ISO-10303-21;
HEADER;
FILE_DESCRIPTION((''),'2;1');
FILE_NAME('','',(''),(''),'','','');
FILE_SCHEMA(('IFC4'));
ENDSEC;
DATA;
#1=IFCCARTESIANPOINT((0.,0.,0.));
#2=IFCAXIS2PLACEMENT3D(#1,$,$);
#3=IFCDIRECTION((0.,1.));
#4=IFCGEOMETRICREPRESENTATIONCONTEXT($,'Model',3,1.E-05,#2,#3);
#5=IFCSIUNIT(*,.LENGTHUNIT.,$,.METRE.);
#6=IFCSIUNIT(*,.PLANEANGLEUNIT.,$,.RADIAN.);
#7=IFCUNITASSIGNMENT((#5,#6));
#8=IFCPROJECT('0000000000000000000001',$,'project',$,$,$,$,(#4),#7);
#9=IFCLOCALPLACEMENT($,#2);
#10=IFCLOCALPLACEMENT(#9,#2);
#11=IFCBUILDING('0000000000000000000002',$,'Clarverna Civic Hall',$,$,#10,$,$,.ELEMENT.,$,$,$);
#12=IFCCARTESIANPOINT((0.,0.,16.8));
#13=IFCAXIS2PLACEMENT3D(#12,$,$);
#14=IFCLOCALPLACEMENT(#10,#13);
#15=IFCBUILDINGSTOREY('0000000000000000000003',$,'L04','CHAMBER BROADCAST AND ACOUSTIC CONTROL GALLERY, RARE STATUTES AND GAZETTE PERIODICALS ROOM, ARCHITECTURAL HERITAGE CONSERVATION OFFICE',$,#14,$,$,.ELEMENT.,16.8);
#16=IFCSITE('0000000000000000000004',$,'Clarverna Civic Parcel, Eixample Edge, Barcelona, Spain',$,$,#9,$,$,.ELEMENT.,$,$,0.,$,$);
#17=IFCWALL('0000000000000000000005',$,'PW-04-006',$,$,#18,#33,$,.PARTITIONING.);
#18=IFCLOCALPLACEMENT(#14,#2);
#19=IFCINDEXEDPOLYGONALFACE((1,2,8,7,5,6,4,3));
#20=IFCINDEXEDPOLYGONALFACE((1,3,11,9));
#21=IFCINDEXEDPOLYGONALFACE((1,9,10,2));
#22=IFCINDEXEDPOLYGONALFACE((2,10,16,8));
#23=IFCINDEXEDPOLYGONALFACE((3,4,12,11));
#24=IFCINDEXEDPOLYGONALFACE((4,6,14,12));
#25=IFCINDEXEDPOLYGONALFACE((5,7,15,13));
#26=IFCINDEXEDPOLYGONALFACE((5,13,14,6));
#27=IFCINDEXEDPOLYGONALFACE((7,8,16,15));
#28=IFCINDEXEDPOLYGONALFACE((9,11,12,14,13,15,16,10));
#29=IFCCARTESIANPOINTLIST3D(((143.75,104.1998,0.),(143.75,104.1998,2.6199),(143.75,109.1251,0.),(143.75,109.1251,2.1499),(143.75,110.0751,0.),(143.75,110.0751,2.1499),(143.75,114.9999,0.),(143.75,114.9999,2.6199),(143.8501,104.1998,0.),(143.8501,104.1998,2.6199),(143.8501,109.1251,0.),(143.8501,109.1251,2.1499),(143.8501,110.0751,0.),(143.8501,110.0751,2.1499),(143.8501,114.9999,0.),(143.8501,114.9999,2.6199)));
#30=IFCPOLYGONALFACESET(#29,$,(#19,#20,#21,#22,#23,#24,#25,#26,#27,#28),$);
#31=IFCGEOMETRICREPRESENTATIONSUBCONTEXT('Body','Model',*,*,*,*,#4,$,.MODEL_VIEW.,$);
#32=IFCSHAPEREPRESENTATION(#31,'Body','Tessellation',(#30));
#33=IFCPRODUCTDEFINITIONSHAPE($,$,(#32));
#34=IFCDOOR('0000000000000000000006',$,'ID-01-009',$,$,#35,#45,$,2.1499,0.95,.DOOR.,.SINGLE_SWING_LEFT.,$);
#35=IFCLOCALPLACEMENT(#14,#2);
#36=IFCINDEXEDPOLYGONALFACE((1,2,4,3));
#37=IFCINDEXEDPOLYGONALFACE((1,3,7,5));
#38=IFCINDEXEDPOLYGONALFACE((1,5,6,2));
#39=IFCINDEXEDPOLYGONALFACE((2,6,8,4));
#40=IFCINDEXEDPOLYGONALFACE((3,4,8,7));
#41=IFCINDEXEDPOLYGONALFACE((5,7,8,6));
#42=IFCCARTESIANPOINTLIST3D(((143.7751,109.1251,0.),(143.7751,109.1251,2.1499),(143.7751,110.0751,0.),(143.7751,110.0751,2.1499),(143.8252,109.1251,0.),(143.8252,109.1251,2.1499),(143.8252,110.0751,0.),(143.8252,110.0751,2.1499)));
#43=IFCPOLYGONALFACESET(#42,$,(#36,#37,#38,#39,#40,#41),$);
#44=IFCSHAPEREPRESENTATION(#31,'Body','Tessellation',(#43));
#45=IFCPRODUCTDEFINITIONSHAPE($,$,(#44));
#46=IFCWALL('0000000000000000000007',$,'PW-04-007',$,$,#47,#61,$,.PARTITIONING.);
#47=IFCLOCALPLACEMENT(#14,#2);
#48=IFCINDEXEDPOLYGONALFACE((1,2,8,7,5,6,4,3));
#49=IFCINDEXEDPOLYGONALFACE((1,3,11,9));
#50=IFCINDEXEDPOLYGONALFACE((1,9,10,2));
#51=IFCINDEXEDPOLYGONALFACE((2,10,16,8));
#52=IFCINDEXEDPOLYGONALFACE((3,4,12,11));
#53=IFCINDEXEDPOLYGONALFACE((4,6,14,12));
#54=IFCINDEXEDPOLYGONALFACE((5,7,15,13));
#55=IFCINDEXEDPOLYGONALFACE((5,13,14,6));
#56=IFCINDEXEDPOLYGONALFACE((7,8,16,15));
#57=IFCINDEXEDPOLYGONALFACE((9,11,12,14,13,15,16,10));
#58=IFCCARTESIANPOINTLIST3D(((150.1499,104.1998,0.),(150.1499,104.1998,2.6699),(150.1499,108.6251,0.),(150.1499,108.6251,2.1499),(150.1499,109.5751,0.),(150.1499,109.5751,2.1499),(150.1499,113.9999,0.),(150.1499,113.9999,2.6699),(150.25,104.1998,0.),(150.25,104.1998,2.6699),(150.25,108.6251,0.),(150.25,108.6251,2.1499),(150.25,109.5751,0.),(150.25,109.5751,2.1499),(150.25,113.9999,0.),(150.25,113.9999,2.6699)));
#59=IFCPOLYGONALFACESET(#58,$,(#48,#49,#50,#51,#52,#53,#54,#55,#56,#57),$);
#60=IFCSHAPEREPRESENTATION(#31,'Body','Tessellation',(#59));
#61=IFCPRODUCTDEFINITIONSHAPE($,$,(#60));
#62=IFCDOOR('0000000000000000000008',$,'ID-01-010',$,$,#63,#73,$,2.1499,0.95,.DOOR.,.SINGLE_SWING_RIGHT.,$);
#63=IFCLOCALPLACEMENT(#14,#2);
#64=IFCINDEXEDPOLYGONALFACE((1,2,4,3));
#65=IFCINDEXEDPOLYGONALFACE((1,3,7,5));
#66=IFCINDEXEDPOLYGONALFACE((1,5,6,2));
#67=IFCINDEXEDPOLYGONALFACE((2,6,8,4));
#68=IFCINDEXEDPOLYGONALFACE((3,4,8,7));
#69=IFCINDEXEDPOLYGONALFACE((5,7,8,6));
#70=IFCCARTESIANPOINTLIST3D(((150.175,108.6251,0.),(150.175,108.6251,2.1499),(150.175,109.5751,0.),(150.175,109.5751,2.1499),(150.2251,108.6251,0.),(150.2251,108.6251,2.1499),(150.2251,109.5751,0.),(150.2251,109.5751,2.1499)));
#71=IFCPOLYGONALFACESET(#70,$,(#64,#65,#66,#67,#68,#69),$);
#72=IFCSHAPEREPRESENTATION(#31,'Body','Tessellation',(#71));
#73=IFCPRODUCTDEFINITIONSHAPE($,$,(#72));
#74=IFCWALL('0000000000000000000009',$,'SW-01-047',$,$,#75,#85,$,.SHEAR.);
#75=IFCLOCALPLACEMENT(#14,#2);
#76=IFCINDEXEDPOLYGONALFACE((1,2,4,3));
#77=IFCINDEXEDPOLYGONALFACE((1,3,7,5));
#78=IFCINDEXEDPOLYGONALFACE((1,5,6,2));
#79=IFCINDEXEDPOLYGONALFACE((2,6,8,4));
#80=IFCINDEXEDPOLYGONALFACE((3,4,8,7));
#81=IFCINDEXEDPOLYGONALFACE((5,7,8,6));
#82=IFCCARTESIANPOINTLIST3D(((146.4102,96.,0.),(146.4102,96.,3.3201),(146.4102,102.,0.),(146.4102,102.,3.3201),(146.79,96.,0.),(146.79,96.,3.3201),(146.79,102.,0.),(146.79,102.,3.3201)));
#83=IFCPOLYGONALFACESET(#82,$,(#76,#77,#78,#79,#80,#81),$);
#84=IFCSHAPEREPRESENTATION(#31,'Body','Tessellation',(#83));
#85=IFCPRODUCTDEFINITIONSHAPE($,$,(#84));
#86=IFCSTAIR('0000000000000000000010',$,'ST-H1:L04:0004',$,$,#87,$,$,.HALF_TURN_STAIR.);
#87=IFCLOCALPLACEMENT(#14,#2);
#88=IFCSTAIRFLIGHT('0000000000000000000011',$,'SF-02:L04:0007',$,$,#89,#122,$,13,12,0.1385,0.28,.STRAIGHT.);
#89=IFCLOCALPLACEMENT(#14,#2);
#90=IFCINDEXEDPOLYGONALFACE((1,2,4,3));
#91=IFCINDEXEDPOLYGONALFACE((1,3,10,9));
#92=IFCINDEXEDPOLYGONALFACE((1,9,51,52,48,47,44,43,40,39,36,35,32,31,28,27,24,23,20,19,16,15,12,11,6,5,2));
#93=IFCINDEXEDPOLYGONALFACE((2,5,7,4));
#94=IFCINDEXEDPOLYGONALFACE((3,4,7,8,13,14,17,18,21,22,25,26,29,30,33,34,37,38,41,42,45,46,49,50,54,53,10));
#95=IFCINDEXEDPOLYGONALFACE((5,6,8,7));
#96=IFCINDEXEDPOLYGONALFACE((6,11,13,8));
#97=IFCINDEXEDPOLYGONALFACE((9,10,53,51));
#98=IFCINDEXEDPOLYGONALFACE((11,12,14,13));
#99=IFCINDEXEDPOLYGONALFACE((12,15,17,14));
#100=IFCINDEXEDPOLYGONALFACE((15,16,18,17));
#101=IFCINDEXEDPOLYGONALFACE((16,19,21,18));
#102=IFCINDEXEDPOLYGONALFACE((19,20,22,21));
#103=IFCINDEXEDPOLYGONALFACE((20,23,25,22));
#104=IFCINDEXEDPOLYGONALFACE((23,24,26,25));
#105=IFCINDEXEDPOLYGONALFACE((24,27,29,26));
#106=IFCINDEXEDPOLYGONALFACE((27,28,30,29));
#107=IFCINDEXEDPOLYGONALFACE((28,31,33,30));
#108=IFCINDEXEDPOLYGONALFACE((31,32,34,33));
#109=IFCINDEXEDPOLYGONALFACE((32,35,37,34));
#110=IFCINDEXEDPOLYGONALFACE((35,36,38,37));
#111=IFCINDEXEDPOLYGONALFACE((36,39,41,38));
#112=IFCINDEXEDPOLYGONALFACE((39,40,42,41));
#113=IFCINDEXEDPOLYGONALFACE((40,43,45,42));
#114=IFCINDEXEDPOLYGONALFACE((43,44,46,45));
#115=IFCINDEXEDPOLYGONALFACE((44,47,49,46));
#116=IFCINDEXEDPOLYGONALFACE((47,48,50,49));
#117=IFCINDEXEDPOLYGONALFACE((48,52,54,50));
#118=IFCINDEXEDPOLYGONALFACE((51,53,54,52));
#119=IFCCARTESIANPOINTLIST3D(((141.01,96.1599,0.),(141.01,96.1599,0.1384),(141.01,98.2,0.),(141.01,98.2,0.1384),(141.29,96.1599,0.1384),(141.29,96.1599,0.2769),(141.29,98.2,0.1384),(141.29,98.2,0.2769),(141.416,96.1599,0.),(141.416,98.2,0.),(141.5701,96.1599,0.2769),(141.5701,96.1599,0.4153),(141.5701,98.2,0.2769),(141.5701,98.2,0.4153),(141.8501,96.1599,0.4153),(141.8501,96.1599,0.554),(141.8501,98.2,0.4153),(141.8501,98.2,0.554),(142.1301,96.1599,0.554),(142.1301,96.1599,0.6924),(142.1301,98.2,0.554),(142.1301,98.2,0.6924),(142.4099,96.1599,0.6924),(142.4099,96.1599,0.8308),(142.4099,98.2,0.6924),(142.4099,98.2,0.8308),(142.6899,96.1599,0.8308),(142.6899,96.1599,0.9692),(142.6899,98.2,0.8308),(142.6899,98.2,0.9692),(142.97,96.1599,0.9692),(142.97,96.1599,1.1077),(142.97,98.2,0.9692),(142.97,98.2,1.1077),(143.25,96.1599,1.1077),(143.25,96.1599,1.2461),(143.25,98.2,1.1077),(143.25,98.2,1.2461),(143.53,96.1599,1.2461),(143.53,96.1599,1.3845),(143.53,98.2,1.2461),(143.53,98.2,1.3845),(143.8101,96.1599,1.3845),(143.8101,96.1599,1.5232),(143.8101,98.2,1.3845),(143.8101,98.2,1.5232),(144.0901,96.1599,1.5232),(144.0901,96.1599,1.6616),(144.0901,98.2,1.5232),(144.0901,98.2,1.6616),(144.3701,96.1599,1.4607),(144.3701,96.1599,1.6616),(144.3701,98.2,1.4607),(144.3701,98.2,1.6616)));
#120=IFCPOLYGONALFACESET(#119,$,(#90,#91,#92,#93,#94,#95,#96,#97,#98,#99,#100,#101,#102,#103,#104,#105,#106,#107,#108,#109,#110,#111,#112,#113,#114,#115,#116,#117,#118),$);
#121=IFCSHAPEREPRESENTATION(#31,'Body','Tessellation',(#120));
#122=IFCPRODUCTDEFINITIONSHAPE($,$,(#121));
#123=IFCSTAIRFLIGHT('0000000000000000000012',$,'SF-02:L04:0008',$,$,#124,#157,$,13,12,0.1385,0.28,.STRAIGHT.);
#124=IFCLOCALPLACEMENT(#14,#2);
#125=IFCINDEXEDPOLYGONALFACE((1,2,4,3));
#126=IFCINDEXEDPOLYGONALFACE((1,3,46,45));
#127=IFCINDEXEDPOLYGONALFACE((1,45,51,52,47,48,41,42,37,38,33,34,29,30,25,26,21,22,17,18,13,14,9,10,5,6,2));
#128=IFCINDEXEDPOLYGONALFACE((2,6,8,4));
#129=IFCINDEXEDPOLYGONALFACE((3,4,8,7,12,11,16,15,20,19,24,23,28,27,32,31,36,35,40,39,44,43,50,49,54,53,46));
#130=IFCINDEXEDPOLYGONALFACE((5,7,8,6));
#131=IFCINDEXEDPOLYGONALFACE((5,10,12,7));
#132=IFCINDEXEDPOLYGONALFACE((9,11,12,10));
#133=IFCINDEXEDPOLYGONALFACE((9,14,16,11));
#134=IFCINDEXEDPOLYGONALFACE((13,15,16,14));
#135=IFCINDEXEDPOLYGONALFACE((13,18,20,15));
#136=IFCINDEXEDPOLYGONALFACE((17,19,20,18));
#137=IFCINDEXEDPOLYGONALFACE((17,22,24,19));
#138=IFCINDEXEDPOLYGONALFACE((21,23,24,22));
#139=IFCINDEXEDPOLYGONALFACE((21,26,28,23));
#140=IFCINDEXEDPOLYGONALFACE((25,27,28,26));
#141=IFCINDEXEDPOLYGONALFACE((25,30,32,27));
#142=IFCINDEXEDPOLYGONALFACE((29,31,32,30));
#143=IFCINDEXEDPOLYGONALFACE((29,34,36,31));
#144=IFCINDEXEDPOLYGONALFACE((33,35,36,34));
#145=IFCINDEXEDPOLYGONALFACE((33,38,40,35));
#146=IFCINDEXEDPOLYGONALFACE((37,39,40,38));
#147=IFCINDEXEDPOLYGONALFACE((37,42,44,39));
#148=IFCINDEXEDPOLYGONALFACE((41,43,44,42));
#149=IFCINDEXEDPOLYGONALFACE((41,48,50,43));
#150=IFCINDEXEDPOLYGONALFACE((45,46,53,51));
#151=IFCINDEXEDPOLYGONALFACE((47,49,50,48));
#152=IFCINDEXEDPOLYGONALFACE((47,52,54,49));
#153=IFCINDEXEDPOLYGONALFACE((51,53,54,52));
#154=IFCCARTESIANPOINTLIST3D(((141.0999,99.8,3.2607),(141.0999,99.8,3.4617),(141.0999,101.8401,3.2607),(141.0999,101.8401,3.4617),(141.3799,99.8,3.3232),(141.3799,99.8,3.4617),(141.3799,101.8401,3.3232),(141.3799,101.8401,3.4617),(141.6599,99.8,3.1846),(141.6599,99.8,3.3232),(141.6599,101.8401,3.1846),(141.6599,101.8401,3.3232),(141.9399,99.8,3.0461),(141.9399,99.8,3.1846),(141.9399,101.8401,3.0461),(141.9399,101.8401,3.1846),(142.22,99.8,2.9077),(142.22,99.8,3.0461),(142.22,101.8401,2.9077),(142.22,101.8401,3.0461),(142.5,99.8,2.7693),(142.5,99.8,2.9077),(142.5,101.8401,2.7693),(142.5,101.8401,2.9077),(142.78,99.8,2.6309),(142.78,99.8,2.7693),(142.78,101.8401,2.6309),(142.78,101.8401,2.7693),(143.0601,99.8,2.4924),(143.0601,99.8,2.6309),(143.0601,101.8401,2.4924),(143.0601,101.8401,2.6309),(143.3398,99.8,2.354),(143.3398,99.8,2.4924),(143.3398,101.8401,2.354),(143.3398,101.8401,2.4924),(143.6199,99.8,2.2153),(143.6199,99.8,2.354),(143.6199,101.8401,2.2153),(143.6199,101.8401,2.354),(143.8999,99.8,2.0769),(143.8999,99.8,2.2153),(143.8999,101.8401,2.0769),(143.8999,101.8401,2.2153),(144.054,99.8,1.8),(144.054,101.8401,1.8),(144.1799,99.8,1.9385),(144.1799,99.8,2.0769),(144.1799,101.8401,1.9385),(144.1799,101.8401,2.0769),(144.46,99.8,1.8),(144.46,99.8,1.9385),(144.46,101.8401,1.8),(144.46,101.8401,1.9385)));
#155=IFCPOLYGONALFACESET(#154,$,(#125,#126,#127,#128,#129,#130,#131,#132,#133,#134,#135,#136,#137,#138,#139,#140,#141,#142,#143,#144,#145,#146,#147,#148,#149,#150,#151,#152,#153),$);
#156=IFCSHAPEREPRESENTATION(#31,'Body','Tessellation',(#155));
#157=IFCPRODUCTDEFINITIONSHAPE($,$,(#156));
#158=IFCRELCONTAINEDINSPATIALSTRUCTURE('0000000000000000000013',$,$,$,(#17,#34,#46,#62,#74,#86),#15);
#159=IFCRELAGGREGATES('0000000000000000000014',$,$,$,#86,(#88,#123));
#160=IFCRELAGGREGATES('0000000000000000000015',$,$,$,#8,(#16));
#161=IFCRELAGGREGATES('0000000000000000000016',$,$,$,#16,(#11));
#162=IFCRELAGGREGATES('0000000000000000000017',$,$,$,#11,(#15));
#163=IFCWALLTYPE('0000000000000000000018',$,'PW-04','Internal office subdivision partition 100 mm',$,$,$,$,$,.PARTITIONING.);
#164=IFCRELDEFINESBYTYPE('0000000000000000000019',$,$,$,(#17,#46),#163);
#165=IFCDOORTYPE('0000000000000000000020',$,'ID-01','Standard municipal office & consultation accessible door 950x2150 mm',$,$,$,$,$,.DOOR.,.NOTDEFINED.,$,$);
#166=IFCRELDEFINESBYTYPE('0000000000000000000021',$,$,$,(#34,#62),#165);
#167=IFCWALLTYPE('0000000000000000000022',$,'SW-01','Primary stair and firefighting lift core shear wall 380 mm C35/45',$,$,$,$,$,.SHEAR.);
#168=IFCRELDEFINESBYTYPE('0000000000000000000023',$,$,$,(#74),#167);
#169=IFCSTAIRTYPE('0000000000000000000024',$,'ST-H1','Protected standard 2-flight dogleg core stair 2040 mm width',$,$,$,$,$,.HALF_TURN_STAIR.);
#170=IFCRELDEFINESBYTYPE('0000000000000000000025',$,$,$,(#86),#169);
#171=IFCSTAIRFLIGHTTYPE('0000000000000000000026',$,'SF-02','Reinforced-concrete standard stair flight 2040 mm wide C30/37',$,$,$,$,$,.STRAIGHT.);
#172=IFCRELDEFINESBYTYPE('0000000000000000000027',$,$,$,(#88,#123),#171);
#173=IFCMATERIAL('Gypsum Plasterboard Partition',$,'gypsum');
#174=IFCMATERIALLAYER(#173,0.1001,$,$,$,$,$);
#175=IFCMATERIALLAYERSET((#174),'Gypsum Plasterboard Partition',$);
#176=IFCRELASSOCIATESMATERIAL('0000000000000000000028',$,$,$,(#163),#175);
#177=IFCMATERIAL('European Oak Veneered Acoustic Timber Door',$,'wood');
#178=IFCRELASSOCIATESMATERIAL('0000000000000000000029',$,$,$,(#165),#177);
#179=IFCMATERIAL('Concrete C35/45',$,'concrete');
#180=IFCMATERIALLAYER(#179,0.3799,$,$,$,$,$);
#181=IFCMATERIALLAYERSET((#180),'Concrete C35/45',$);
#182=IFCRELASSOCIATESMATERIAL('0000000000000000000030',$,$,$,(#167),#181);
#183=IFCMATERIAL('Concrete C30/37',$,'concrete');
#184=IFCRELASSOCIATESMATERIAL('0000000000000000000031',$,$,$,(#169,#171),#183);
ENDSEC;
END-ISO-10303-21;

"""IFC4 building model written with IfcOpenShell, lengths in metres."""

from ifc_helpers import new_model, si_unit, direction, frame, frame_2d, origin, place, context, subcontext, project, spatial, polyline, rectangle, outline, extrude, material, layer, layer_set, type_object, element, fill, aggregate, save


model = new_model("IFC4")

# Units and contexts
model_context = context("Model", 3, precision=1e-05, world=origin(), true_north=direction((0.0, 1.0)))
body_context = subcontext(model_context, "Body", "Model", "MODEL_VIEW")
ifc_project = project(units=[si_unit("LENGTHUNIT", "METRE"), si_unit("PLANEANGLEUNIT", "RADIAN")], contexts=[model_context])

# Site, building, storey
site_placement = place(None, origin())
site = spatial("IfcSite", under=ifc_project, at=site_placement, Name="Clarverna Civic Parcel, Eixample Edge, Barcelona, Spain", CompositionType="ELEMENT", RefElevation=0.0)
building_placement = place(site_placement, origin())
building = spatial("IfcBuilding", under=site, at=building_placement, Name="Clarverna Civic Hall", CompositionType="ELEMENT")
storey_placement = place(building_placement, frame((0.0, 0.0, 16.8)))
storey = spatial("IfcBuildingStorey", under=building, at=storey_placement, Name="L04", Description="CHAMBER BROADCAST AND ACOUSTIC CONTROL GALLERY, RARE STATUTES AND GAZETTE PERIODICALS ROOM, ARCHITECTURAL HERITAGE CONSERVATION OFFICE", CompositionType="ELEMENT", Elevation=16.8)

# Shared definitions
ifc_material_1 = material(Name="Concrete C35/45", Category="concrete")

# Walls, openings, doors
ifc_material_2 = material(Name="Gypsum Plasterboard Partition", Category="gypsum")
ifc_layer_1 = layer(ifc_material_2, 0.1001)
ifc_layer_set_1 = layer_set([ifc_layer_1], Name="Gypsum Plasterboard Partition")
wall_type_1 = type_object("IfcWallType", Name="PW-04", Description="Internal office subdivision partition 100 mm", PredefinedType="PARTITIONING", material=ifc_layer_set_1)
wall_1_placement = place(storey_placement, frame((143.8, 104.2, 0.0), z_axis=(0.0, 0.0, 1.0), x_axis=(0.0, 1.0, 0.0)))
wall_1 = element("IfcWall", 1, at=wall_1_placement, inside=storey, type_object=wall_type_1, Name="PW-04-006", PredefinedType="PARTITIONING", context=body_context, shape_type="SweptSolid", body=[
    extrude(rectangle(XDim=10.8, YDim=0.1001, at=frame_2d((5.3999, 0.0))), origin(), (0.0, 0.0, 1.0), 2.6199),
])
opening_1_placement = place(wall_1_placement, frame((4.925, 0.0, 0.0)))
opening_1 = element("IfcOpeningElement", 2, at=opening_1_placement, cuts=wall_1, PredefinedType="OPENING", context=body_context, shape_type="SweptSolid", body=[
    extrude(rectangle(XDim=0.95, YDim=2.1499, at=frame_2d((0.4751, 1.075))), frame((0.0, 0.0601, 0.0), z_axis=(0.0, -1.0, 0.0), x_axis=(1.0, 0.0, 0.0)), (0.0, 0.0, 1.0), 0.1201),
])
ifc_material_3 = material(Name="European Oak Veneered Acoustic Timber Door", Category="wood")
door_type = type_object("IfcDoorType", Name="ID-01", Description="Standard municipal office & consultation accessible door 950x2150 mm", OperationType="NOTDEFINED", PredefinedType="DOOR", material=ifc_material_3)
door_1_placement = place(opening_1_placement, origin())
door_1 = element("IfcDoor", 3, at=door_1_placement, inside=storey, type_object=door_type, Name="ID-01-009", OperationType="SINGLE_SWING_LEFT", OverallHeight=2.1499, OverallWidth=0.95, PredefinedType="DOOR", context=body_context, shape_type="SweptSolid", body=[
    extrude(rectangle(XDim=0.95, YDim=2.1499, at=frame_2d((0.4751, 1.075))), frame((0.0, 0.0249, 0.0), z_axis=(0.0, -1.0, 0.0), x_axis=(1.0, 0.0, 0.0)), (0.0, 0.0, 1.0), 0.05),
])
fill(opening_1, door_1)
wall_2_placement = place(storey_placement, frame((150.2, 104.2, 0.0), z_axis=(0.0, 0.0, 1.0), x_axis=(0.0, 1.0, 0.0)))
wall_2 = element("IfcWall", 4, at=wall_2_placement, inside=storey, type_object=wall_type_1, Name="PW-04-007", PredefinedType="PARTITIONING", context=body_context, shape_type="SweptSolid", body=[
    extrude(rectangle(XDim=9.8, YDim=0.1001, at=frame_2d((4.8999, 0.0))), origin(), (0.0, 0.0, 1.0), 2.6699),
])
opening_2_placement = place(wall_2_placement, frame((4.425, 0.0, 0.0)))
opening_2 = element("IfcOpeningElement", 5, at=opening_2_placement, cuts=wall_2, PredefinedType="OPENING", context=body_context, shape_type="SweptSolid", body=[
    extrude(rectangle(XDim=0.95, YDim=2.1499, at=frame_2d((0.4751, 1.075))), frame((0.0, 0.0601, 0.0), z_axis=(0.0, -1.0, 0.0), x_axis=(1.0, 0.0, 0.0)), (0.0, 0.0, 1.0), 0.1201),
])
door_2_placement = place(opening_2_placement, origin())
door_2 = element("IfcDoor", 6, at=door_2_placement, inside=storey, type_object=door_type, Name="ID-01-010", OperationType="SINGLE_SWING_RIGHT", OverallHeight=2.1499, OverallWidth=0.95, PredefinedType="DOOR", context=body_context, shape_type="SweptSolid", body=[
    extrude(rectangle(XDim=0.95, YDim=2.1499, at=frame_2d((0.4751, 1.075))), frame((0.0, 0.0249, 0.0), z_axis=(0.0, -1.0, 0.0), x_axis=(1.0, 0.0, 0.0)), (0.0, 0.0, 1.0), 0.05),
])
fill(opening_2, door_2)

# Wall
ifc_layer_2 = layer(ifc_material_1, 0.3799)
ifc_layer_set_2 = layer_set([ifc_layer_2], Name="Concrete C35/45")
wall_type_2 = type_object("IfcWallType", Name="SW-01", Description="Primary stair and firefighting lift core shear wall 380 mm C35/45", PredefinedType="SHEAR", material=ifc_layer_set_2)
wall_3_placement = place(storey_placement, frame((146.6001, 96.0, 0.0), z_axis=(0.0, 0.0, 1.0), x_axis=(0.0, 1.0, 0.0)))
element("IfcWall", 7, at=wall_3_placement, inside=storey, type_object=wall_type_2, Name="SW-01-047", PredefinedType="SHEAR", context=body_context, shape_type="SweptSolid", body=[
    extrude(rectangle(XDim=6.0, YDim=0.3799, at=frame_2d((3.0, 0.0))), origin(), (0.0, 0.0, 1.0), 3.3201),
])

# Stair, stair flights
ifc_material_4 = material(Name="Concrete C30/37", Category="concrete")
stair_type = type_object("IfcStairType", Name="ST-H1", Description="Protected standard 2-flight dogleg core stair 2040 mm width", PredefinedType="HALF_TURN_STAIR", material=ifc_material_4)
stair_placement = place(storey_placement, origin())
stair = element("IfcStair", 8, at=stair_placement, inside=storey, type_object=stair_type, Name="ST-H1:L04:0004", PredefinedType="HALF_TURN_STAIR")
stair_flight_type = type_object("IfcStairFlightType", Name="SF-02", Description="Reinforced-concrete standard stair flight 2040 mm wide C30/37", PredefinedType="STRAIGHT", material=ifc_material_4)
stair_flight_1_placement = place(storey_placement, frame((141.01, 97.1799, 0.0), z_axis=(0.0, 0.0, 1.0), x_axis=(1.0, 0.0, 0.0)))
stair_flight_1 = element("IfcStairFlight", 9, at=stair_flight_1_placement, type_object=stair_flight_type, Name="SF-02:L04:0007", NumberOfRisers=13, NumberOfTreads=12, PredefinedType="STRAIGHT", RiserHeight=0.1385, TreadLength=0.28, context=body_context, shape_type="SweptSolid", body=[
    extrude(outline(polyline([(0.0, 0.0), (0.0, 0.1384), (0.28, 0.1384), (0.28, 0.2769), (0.5601, 0.2769), (0.5601, 0.4153), (0.8401, 0.4153), (0.8401, 0.554), (1.1201, 0.554), (1.1201, 0.6924), (1.3999, 0.6924), (1.3999, 0.8308), (1.6799, 0.8308), (1.6799, 0.9692), (1.96, 0.9692), (1.96, 1.1077), (2.24, 1.1077), (2.24, 1.2461), (2.52, 1.2461), (2.52, 1.3845), (2.8, 1.3845), (2.8, 1.5232), (3.0801, 1.5232), (3.0801, 1.6616), (3.3601, 1.6616), (3.3601, 1.8), (3.3601, 1.4607), (0.406, 0.0), (0.0, 0.0)])), frame((0.0, 1.02, 0.0), z_axis=(0.0, -1.0, 0.0), x_axis=(1.0, 0.0, 0.0)), (0.0, 0.0, 1.0), 2.04),
])
stair_flight_2_placement = place(storey_placement, frame((144.46, 100.8201, 1.8), z_axis=(0.0, 0.0, 1.0), x_axis=(-1.0, 0.0, 0.0)))
stair_flight_2 = element("IfcStairFlight", 10, at=stair_flight_2_placement, type_object=stair_flight_type, Name="SF-02:L04:0008", NumberOfRisers=13, NumberOfTreads=12, PredefinedType="STRAIGHT", RiserHeight=0.1385, TreadLength=0.28, context=body_context, shape_type="SweptSolid", body=[
    extrude(outline(polyline([(0.0, 0.0), (0.0, 0.1384), (0.28, 0.1384), (0.28, 0.2769), (0.5601, 0.2769), (0.5601, 0.4153), (0.8401, 0.4153), (0.8401, 0.554), (1.1201, 0.554), (1.1201, 0.6924), (1.3999, 0.6924), (1.3999, 0.8308), (1.6799, 0.8308), (1.6799, 0.9692), (1.96, 0.9692), (1.96, 1.1077), (2.24, 1.1077), (2.24, 1.2461), (2.52, 1.2461), (2.52, 1.3845), (2.8, 1.3845), (2.8, 1.5232), (3.0801, 1.5232), (3.0801, 1.6616), (3.3601, 1.6616), (3.3601, 1.8), (3.3601, 1.4607), (0.406, 0.0), (0.0, 0.0)])), frame((0.0, 1.02, 0.0), z_axis=(0.0, -1.0, 0.0), x_axis=(1.0, 0.0, 0.0)), (0.0, 0.0, 1.0), 2.04),
])
aggregate(stair, [stair_flight_1, stair_flight_2])

save(model, "model.ifc")
